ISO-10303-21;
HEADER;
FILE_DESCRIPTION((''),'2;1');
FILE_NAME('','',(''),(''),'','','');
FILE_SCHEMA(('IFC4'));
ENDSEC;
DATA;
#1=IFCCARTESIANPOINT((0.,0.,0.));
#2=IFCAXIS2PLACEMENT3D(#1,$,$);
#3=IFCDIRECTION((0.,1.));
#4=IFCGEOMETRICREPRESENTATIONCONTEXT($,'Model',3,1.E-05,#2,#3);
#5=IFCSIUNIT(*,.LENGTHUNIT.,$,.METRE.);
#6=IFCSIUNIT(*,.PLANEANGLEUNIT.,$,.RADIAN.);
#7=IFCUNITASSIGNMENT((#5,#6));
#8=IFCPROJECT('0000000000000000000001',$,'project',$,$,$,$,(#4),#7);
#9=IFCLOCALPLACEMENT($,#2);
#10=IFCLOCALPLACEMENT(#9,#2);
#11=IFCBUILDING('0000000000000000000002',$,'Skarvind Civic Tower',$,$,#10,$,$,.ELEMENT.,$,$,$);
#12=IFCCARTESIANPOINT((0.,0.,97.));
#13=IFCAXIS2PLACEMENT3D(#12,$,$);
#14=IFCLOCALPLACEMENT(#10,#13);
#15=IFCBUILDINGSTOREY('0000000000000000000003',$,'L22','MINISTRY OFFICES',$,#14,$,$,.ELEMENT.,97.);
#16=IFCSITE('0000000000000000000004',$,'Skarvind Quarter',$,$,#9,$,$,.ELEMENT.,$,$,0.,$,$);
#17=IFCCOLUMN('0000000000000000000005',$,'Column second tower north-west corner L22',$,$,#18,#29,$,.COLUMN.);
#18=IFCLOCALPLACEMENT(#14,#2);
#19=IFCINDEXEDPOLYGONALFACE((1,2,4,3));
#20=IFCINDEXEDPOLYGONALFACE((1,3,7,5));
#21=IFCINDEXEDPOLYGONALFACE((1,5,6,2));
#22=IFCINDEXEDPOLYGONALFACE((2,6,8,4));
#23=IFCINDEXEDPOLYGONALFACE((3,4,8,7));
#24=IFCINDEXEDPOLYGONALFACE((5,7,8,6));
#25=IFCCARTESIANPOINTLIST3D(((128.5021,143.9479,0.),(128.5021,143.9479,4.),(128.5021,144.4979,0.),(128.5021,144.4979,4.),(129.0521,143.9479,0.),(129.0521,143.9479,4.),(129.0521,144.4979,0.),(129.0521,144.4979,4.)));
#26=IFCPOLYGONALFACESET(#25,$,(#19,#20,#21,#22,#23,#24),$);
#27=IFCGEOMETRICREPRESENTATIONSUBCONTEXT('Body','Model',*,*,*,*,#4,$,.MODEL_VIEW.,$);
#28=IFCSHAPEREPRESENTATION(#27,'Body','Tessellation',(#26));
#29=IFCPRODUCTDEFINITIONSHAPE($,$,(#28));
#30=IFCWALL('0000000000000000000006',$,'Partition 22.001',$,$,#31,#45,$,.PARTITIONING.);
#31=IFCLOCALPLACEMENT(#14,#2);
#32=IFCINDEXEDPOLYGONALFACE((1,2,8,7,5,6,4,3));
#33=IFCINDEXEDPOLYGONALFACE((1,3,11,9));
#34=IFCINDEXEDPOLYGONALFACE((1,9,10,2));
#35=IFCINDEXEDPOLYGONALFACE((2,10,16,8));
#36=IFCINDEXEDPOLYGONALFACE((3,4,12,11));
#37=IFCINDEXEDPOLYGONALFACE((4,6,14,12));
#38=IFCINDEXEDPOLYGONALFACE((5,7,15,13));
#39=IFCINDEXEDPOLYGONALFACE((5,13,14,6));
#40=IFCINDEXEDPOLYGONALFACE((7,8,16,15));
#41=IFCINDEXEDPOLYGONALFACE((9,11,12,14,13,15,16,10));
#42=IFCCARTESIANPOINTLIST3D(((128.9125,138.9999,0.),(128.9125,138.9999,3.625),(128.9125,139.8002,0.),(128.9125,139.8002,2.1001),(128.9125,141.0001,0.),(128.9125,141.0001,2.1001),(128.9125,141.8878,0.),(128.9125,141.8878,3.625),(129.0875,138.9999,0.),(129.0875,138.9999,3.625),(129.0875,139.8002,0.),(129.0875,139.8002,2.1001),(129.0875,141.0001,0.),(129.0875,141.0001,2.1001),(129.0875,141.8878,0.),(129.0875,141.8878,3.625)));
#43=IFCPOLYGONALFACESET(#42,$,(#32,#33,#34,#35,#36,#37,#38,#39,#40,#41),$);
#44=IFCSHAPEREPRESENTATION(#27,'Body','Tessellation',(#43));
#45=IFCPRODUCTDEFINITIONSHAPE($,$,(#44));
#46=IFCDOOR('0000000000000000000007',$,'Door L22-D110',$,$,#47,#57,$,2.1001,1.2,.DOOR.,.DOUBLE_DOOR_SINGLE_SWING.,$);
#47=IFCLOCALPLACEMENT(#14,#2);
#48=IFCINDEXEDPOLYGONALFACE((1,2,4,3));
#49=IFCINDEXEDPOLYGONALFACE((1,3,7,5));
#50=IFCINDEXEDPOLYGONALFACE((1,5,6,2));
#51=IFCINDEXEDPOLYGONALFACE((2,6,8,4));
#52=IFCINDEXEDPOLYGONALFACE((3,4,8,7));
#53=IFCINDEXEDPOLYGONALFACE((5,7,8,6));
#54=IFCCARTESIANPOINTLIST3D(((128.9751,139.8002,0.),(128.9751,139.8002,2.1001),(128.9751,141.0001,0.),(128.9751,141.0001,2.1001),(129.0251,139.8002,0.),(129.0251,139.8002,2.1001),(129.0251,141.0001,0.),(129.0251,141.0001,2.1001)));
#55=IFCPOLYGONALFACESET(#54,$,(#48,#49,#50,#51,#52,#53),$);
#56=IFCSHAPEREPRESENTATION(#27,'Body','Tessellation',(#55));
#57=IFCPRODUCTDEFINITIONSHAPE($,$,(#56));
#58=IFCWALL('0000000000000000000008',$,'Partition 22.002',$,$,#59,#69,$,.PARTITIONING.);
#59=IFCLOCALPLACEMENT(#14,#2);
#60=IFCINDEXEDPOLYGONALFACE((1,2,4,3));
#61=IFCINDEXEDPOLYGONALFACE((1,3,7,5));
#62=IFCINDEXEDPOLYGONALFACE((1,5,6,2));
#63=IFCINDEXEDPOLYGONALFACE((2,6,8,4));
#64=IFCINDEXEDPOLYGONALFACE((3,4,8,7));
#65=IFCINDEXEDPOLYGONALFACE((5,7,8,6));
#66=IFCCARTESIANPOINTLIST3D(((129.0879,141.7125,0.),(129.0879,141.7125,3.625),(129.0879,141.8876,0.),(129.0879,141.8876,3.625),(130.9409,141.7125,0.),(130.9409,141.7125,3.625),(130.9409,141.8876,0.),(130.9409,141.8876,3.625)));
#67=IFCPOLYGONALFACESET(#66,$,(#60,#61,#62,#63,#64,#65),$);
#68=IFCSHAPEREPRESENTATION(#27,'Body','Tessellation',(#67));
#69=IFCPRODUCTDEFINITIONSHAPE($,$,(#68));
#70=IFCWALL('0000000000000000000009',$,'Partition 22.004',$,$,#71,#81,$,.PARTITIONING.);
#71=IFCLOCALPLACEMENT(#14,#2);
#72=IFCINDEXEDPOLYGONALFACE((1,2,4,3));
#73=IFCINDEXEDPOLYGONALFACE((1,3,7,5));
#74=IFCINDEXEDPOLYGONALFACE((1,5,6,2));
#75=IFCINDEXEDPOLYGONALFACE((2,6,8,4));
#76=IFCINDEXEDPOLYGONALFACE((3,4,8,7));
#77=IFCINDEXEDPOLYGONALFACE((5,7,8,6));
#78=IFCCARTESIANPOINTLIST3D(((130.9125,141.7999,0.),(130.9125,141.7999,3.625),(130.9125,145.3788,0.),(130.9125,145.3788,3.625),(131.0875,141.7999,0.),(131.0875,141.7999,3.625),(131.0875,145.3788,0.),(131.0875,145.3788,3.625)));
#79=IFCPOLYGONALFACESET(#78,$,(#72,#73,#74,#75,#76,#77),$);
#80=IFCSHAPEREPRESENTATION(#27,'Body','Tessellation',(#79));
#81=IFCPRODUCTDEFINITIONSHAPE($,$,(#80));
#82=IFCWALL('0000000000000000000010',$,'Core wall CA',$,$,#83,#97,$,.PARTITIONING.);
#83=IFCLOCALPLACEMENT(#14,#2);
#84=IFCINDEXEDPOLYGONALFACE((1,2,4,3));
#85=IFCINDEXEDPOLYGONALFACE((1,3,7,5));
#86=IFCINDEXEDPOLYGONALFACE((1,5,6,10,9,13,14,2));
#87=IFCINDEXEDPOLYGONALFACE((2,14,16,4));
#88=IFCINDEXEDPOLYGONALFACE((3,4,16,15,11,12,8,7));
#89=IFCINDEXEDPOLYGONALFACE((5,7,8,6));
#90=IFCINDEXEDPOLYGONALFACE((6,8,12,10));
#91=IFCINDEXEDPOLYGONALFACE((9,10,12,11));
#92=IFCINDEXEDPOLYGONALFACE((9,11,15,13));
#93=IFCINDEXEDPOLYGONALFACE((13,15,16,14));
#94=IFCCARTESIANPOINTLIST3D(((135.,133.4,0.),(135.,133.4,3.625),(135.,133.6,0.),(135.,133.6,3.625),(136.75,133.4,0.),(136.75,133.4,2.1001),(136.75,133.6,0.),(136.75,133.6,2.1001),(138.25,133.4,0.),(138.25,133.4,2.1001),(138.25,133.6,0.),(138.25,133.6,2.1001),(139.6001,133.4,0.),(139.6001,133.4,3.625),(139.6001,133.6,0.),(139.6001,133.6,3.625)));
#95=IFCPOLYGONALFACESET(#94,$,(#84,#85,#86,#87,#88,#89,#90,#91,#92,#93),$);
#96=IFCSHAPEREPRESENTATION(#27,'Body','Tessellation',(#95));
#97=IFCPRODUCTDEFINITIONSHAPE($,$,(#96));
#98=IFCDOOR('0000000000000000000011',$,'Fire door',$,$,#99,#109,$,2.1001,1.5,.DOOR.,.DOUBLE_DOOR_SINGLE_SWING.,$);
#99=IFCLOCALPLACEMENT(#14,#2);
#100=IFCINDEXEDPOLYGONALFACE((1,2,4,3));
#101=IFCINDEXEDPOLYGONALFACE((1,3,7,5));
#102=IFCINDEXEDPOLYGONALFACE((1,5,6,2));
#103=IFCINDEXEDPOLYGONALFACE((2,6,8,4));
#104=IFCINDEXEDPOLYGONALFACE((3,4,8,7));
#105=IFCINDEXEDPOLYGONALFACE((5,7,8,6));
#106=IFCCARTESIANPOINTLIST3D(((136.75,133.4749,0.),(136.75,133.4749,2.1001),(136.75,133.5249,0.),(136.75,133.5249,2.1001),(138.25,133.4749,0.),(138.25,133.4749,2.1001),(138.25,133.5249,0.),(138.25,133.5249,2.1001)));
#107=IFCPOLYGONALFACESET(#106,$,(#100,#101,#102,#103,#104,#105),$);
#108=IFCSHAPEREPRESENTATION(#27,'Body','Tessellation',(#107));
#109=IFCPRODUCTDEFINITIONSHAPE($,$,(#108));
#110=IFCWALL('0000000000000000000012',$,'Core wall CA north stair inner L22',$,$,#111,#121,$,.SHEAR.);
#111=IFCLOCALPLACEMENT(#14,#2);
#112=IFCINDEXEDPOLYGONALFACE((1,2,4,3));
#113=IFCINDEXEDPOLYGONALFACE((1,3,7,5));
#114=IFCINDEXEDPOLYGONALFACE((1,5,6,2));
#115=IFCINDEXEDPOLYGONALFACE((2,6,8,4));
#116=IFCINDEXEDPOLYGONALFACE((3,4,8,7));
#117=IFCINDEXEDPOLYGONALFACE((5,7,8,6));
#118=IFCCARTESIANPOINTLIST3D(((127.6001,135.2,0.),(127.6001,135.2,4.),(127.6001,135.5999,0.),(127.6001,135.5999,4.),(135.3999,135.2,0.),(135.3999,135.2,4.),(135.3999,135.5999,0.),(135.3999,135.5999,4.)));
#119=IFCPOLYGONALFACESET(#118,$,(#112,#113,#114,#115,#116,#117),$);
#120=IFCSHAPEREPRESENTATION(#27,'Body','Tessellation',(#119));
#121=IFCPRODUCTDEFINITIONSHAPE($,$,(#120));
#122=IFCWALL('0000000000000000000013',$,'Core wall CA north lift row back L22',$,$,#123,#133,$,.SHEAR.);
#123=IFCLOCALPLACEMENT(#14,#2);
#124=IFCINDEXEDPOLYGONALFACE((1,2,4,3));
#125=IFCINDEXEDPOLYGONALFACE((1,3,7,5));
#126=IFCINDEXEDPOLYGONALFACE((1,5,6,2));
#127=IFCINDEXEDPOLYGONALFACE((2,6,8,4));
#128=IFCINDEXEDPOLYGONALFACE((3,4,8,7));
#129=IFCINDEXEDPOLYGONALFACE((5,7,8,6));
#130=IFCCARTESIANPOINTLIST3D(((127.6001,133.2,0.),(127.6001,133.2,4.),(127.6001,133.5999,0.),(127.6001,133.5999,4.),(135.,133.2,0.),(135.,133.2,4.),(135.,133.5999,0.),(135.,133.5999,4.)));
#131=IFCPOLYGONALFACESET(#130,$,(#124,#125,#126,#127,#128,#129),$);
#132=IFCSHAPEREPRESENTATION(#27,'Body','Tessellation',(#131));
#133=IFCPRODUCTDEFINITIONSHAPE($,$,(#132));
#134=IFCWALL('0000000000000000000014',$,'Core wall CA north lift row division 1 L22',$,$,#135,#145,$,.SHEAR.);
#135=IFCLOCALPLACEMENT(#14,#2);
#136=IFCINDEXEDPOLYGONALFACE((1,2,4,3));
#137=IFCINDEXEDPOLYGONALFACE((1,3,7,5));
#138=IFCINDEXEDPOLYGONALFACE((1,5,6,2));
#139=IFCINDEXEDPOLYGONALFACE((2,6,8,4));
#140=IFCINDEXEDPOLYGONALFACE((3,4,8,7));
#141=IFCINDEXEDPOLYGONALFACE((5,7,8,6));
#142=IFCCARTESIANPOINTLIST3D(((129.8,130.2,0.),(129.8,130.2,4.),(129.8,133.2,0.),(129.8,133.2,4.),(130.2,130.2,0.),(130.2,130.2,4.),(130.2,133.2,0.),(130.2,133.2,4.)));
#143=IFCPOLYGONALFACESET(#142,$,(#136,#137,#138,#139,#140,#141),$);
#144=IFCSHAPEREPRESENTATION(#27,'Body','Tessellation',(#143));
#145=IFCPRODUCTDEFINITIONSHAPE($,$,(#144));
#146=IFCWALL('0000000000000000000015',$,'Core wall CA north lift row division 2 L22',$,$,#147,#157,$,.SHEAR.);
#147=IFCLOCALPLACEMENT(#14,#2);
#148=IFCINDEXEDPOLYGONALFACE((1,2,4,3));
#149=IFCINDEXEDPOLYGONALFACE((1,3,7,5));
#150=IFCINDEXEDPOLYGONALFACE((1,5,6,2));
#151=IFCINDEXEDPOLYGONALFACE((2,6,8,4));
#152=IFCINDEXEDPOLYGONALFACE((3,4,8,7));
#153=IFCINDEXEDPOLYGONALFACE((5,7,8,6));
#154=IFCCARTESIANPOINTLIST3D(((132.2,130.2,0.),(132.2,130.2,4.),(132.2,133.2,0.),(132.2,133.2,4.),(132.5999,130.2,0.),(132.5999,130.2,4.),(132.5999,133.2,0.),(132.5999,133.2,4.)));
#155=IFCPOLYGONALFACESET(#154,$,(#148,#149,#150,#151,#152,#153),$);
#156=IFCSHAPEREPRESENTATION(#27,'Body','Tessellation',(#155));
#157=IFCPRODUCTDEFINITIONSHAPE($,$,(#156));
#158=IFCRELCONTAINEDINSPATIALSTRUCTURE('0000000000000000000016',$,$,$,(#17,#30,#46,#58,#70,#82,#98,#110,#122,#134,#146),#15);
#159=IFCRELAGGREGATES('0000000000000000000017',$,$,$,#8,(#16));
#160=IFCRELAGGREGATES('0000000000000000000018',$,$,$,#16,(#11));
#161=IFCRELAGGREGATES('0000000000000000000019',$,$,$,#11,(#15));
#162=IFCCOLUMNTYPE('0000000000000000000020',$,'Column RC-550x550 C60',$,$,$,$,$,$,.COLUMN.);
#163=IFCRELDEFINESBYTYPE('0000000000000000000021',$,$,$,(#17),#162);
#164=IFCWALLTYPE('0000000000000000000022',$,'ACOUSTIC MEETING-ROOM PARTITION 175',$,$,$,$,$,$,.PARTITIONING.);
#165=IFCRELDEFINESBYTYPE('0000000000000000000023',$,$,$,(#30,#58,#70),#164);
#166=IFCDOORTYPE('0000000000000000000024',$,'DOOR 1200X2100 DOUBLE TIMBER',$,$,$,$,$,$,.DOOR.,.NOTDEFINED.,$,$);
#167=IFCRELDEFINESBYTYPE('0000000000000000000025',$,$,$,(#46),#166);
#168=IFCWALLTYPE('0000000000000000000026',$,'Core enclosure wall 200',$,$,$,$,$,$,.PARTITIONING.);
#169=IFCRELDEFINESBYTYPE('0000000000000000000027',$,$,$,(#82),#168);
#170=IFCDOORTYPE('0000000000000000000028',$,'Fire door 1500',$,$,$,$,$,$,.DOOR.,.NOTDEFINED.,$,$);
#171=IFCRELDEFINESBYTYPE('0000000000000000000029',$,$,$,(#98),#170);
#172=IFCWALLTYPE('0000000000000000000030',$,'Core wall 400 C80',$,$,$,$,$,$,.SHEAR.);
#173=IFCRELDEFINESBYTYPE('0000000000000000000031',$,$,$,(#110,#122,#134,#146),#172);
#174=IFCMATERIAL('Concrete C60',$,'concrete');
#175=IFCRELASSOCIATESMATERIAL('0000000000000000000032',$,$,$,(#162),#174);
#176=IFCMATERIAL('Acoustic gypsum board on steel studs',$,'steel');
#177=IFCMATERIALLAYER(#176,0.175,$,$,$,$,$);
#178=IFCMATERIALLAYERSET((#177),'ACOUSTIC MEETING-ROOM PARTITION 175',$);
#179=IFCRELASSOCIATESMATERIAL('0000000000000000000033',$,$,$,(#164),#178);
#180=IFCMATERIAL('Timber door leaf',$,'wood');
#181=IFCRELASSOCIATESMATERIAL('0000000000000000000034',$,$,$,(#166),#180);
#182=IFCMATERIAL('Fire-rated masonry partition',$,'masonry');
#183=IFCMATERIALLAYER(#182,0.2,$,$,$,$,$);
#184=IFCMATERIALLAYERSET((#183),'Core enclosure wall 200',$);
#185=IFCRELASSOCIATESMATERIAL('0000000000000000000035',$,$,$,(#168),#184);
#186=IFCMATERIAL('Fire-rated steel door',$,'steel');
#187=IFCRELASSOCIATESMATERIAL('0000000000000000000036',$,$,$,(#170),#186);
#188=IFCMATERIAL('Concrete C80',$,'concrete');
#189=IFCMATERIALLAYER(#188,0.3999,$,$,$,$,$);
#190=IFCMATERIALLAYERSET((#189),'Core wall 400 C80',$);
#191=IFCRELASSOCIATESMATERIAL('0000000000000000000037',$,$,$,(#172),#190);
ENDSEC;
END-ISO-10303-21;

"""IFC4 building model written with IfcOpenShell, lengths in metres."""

from ifc_helpers import new_model, si_unit, direction, frame, frame_2d, origin, origin_2d, place, context, subcontext, project, spatial, rectangle, extrude, material, layer, layer_set, material_profile, profile_set, type_object, element, fill, save


model = new_model("IFC4")

# Units and contexts
model_context = context("Model", 3, precision=1e-05, world=origin(), true_north=direction((0.0, 1.0)))
body_context = subcontext(model_context, "Body", "Model", "MODEL_VIEW")
ifc_project = project(units=[si_unit("LENGTHUNIT", "METRE"), si_unit("PLANEANGLEUNIT", "RADIAN")], contexts=[model_context])

# Site, building, storey
site_placement = place(None, origin())
site = spatial("IfcSite", under=ifc_project, at=site_placement, Name="Skarvind Quarter", CompositionType="ELEMENT", RefElevation=0.0)
building_placement = place(site_placement, origin())
building = spatial("IfcBuilding", under=site, at=building_placement, Name="Skarvind Civic Tower", CompositionType="ELEMENT")
storey_placement = place(building_placement, frame((0.0, 0.0, 97.0)))
storey = spatial("IfcBuildingStorey", under=building, at=storey_placement, Name="L22", Description="MINISTRY OFFICES", CompositionType="ELEMENT", Elevation=97.0)

# Column
ifc_material_1 = material(Name="Concrete C60", Category="concrete")
ifc_material_profile = material_profile(ifc_material_1, rectangle(XDim=0.55, YDim=0.55, at=origin_2d()), Name="RC-550x550")
ifc_profile_set = profile_set([ifc_material_profile], Name="Concrete C60")
column_type = type_object("IfcColumnType", Name="Column RC-550x550 C60", PredefinedType="COLUMN", material=ifc_profile_set)
column_placement = place(storey_placement, frame((128.7771, 144.2229, 0.0), z_axis=(0.0, 0.0, 1.0), x_axis=(1.0, 0.0, 0.0)))
element("IfcColumn", 1, at=column_placement, inside=storey, type_object=column_type, Name="Column second tower north-west corner L22", PredefinedType="COLUMN", context=body_context, shape_type="SweptSolid", body=[
    extrude(rectangle(XDim=0.55, YDim=0.55, at=origin_2d()), origin(), (0.0, 0.0, 1.0), 4.0),
])

# Wall, opening, door
ifc_material_2 = material(Name="Acoustic gypsum board on steel studs", Category="steel")
ifc_layer_1 = layer(ifc_material_2, 0.175)
ifc_layer_set_1 = layer_set([ifc_layer_1], Name="ACOUSTIC MEETING-ROOM PARTITION 175")
wall_type_1 = type_object("IfcWallType", Name="ACOUSTIC MEETING-ROOM PARTITION 175", PredefinedType="PARTITIONING", material=ifc_layer_set_1)
wall_1_placement = place(storey_placement, frame((129.0, 139.0, 0.0), z_axis=(0.0, 0.0, 1.0), x_axis=(0.0, 1.0, 0.0)))
wall_1 = element("IfcWall", 2, at=wall_1_placement, inside=storey, type_object=wall_type_1, Name="Partition 22.001", PredefinedType="PARTITIONING", context=body_context, shape_type="SweptSolid", body=[
    extrude(rectangle(XDim=2.8879, YDim=0.175, at=frame_2d((1.4438, 0.0))), origin(), (0.0, 0.0, 1.0), 3.625),
])
opening_1_placement = place(wall_1_placement, frame((0.8, 0.0, 0.0)))
opening_1 = element("IfcOpeningElement", 3, at=opening_1_placement, cuts=wall_1, PredefinedType="OPENING", context=body_context, shape_type="SweptSolid", body=[
    extrude(rectangle(XDim=1.2, YDim=2.1001, at=frame_2d((0.6001, 1.05))), frame((0.0, 0.0974, 0.0), z_axis=(0.0, -1.0, 0.0), x_axis=(1.0, 0.0, 0.0)), (0.0, 0.0, 1.0), 0.1951),
])
ifc_material_3 = material(Name="Timber door leaf", Category="wood")
door_type_1 = type_object("IfcDoorType", Name="DOOR 1200X2100 DOUBLE TIMBER", OperationType="NOTDEFINED", PredefinedType="DOOR", material=ifc_material_3)
door_1_placement = place(opening_1_placement, origin())
door_1 = element("IfcDoor", 4, at=door_1_placement, inside=storey, type_object=door_type_1, Name="Door L22-D110", OperationType="DOUBLE_DOOR_SINGLE_SWING", OverallHeight=2.1001, OverallWidth=1.2, PredefinedType="DOOR", context=body_context, shape_type="SweptSolid", body=[
    extrude(rectangle(XDim=1.2, YDim=2.1001, at=frame_2d((0.6001, 1.05))), frame((0.0, 0.0249, 0.0), z_axis=(0.0, -1.0, 0.0), x_axis=(1.0, 0.0, 0.0)), (0.0, 0.0, 1.0), 0.05),
])
fill(opening_1, door_1)

# Walls
wall_2_placement = place(storey_placement, frame((129.0879, 141.8, 0.0), z_axis=(0.0, 0.0, 1.0), x_axis=(1.0, 0.0, 0.0)))
element("IfcWall", 5, at=wall_2_placement, inside=storey, type_object=wall_type_1, Name="Partition 22.002", PredefinedType="PARTITIONING", context=body_context, shape_type="SweptSolid", body=[
    extrude(rectangle(XDim=1.853, YDim=0.175, at=frame_2d((0.9265, 0.0))), origin(), (0.0, 0.0, 1.0), 3.625),
])
wall_3_placement = place(storey_placement, frame((131.0, 145.3789, 0.0), z_axis=(0.0, 0.0, 1.0), x_axis=(0.0, -1.0, 0.0)))
element("IfcWall", 6, at=wall_3_placement, inside=storey, type_object=wall_type_1, Name="Partition 22.004", PredefinedType="PARTITIONING", context=body_context, shape_type="SweptSolid", body=[
    extrude(rectangle(XDim=3.5789, YDim=0.175, at=frame_2d((1.7896, 0.0))), origin(), (0.0, 0.0, 1.0), 3.625),
])

# Wall, opening, door
ifc_material_4 = material(Name="Fire-rated masonry partition", Category="masonry")
ifc_layer_2 = layer(ifc_material_4, 0.2)
ifc_layer_set_2 = layer_set([ifc_layer_2], Name="Core enclosure wall 200")
wall_type_2 = type_object("IfcWallType", Name="Core enclosure wall 200", PredefinedType="PARTITIONING", material=ifc_layer_set_2)
wall_4_placement = place(storey_placement, frame((135.0, 133.5, 0.0), z_axis=(0.0, 0.0, 1.0), x_axis=(1.0, 0.0, 0.0)))
wall_4 = element("IfcWall", 7, at=wall_4_placement, inside=storey, type_object=wall_type_2, Name="Core wall CA", PredefinedType="PARTITIONING", context=body_context, shape_type="SweptSolid", body=[
    extrude(rectangle(XDim=4.6001, YDim=0.2, at=frame_2d((2.3, 0.0))), origin(), (0.0, 0.0, 1.0), 3.625),
])
opening_2_placement = place(wall_4_placement, frame((1.75, 0.0, 0.0)))
opening_2 = element("IfcOpeningElement", 8, at=opening_2_placement, cuts=wall_4, PredefinedType="OPENING", context=body_context, shape_type="SweptSolid", body=[
    extrude(rectangle(XDim=1.5, YDim=2.1001, at=frame_2d((0.75, 1.05))), frame((0.0, 0.1099, 0.0), z_axis=(0.0, -1.0, 0.0), x_axis=(1.0, 0.0, 0.0)), (0.0, 0.0, 1.0), 0.22),
])
ifc_material_5 = material(Name="Fire-rated steel door", Category="steel")
door_type_2 = type_object("IfcDoorType", Name="Fire door 1500", OperationType="NOTDEFINED", PredefinedType="DOOR", material=ifc_material_5)
door_2_placement = place(opening_2_placement, origin())
door_2 = element("IfcDoor", 9, at=door_2_placement, inside=storey, type_object=door_type_2, Name="Fire door", OperationType="DOUBLE_DOOR_SINGLE_SWING", OverallHeight=2.1001, OverallWidth=1.5, PredefinedType="DOOR", context=body_context, shape_type="SweptSolid", body=[
    extrude(rectangle(XDim=1.5, YDim=2.1001, at=frame_2d((0.75, 1.05))), frame((0.0, 0.0249, 0.0), z_axis=(0.0, -1.0, 0.0), x_axis=(1.0, 0.0, 0.0)), (0.0, 0.0, 1.0), 0.05),
])
fill(opening_2, door_2)

# Walls
ifc_material_6 = material(Name="Concrete C80", Category="concrete")
ifc_layer_3 = layer(ifc_material_6, 0.3999)
ifc_layer_set_3 = layer_set([ifc_layer_3], Name="Core wall 400 C80")
wall_type_3 = type_object("IfcWallType", Name="Core wall 400 C80", PredefinedType="SHEAR", material=ifc_layer_set_3)
wall_5_placement = place(storey_placement, frame((127.6001, 135.3999, 0.0), z_axis=(0.0, 0.0, 1.0), x_axis=(1.0, 0.0, 0.0)))
element("IfcWall", 10, at=wall_5_placement, inside=storey, type_object=wall_type_3, Name="Core wall CA north stair inner L22", PredefinedType="SHEAR", context=body_context, shape_type="SweptSolid", body=[
    extrude(rectangle(XDim=7.7998, YDim=0.3999, at=frame_2d((3.8999, 0.0))), origin(), (0.0, 0.0, 1.0), 4.0),
])
wall_6_placement = place(storey_placement, frame((127.6001, 133.3999, 0.0), z_axis=(0.0, 0.0, 1.0), x_axis=(1.0, 0.0, 0.0)))
element("IfcWall", 11, at=wall_6_placement, inside=storey, type_object=wall_type_3, Name="Core wall CA north lift row back L22", PredefinedType="SHEAR", context=body_context, shape_type="SweptSolid", body=[
    extrude(rectangle(XDim=7.3999, YDim=0.3999, at=frame_2d((3.7, 0.0))), origin(), (0.0, 0.0, 1.0), 4.0),
])
for number, where, z_axis, x_axis, name in (
    (12, (130.0, 130.2, 0.0), (0.0, 0.0, 1.0), (0.0, 1.0, 0.0), "Core wall CA north lift row division 1 L22"),
    (13, (132.3999, 130.2, 0.0), (0.0, 0.0, 1.0), (0.0, 1.0, 0.0), "Core wall CA north lift row division 2 L22"),
):
    element("IfcWall", number, at=place(storey_placement, frame(where, z_axis=z_axis, x_axis=x_axis)), inside=storey, type_object=wall_type_3, Name=name, PredefinedType="SHEAR", context=body_context, shape_type="SweptSolid", body=[
        extrude(rectangle(XDim=3.0, YDim=0.3999, at=frame_2d((1.5, 0.0))), origin(), (0.0, 0.0, 1.0), 4.0),
    ])

save(model, "model.ifc")
